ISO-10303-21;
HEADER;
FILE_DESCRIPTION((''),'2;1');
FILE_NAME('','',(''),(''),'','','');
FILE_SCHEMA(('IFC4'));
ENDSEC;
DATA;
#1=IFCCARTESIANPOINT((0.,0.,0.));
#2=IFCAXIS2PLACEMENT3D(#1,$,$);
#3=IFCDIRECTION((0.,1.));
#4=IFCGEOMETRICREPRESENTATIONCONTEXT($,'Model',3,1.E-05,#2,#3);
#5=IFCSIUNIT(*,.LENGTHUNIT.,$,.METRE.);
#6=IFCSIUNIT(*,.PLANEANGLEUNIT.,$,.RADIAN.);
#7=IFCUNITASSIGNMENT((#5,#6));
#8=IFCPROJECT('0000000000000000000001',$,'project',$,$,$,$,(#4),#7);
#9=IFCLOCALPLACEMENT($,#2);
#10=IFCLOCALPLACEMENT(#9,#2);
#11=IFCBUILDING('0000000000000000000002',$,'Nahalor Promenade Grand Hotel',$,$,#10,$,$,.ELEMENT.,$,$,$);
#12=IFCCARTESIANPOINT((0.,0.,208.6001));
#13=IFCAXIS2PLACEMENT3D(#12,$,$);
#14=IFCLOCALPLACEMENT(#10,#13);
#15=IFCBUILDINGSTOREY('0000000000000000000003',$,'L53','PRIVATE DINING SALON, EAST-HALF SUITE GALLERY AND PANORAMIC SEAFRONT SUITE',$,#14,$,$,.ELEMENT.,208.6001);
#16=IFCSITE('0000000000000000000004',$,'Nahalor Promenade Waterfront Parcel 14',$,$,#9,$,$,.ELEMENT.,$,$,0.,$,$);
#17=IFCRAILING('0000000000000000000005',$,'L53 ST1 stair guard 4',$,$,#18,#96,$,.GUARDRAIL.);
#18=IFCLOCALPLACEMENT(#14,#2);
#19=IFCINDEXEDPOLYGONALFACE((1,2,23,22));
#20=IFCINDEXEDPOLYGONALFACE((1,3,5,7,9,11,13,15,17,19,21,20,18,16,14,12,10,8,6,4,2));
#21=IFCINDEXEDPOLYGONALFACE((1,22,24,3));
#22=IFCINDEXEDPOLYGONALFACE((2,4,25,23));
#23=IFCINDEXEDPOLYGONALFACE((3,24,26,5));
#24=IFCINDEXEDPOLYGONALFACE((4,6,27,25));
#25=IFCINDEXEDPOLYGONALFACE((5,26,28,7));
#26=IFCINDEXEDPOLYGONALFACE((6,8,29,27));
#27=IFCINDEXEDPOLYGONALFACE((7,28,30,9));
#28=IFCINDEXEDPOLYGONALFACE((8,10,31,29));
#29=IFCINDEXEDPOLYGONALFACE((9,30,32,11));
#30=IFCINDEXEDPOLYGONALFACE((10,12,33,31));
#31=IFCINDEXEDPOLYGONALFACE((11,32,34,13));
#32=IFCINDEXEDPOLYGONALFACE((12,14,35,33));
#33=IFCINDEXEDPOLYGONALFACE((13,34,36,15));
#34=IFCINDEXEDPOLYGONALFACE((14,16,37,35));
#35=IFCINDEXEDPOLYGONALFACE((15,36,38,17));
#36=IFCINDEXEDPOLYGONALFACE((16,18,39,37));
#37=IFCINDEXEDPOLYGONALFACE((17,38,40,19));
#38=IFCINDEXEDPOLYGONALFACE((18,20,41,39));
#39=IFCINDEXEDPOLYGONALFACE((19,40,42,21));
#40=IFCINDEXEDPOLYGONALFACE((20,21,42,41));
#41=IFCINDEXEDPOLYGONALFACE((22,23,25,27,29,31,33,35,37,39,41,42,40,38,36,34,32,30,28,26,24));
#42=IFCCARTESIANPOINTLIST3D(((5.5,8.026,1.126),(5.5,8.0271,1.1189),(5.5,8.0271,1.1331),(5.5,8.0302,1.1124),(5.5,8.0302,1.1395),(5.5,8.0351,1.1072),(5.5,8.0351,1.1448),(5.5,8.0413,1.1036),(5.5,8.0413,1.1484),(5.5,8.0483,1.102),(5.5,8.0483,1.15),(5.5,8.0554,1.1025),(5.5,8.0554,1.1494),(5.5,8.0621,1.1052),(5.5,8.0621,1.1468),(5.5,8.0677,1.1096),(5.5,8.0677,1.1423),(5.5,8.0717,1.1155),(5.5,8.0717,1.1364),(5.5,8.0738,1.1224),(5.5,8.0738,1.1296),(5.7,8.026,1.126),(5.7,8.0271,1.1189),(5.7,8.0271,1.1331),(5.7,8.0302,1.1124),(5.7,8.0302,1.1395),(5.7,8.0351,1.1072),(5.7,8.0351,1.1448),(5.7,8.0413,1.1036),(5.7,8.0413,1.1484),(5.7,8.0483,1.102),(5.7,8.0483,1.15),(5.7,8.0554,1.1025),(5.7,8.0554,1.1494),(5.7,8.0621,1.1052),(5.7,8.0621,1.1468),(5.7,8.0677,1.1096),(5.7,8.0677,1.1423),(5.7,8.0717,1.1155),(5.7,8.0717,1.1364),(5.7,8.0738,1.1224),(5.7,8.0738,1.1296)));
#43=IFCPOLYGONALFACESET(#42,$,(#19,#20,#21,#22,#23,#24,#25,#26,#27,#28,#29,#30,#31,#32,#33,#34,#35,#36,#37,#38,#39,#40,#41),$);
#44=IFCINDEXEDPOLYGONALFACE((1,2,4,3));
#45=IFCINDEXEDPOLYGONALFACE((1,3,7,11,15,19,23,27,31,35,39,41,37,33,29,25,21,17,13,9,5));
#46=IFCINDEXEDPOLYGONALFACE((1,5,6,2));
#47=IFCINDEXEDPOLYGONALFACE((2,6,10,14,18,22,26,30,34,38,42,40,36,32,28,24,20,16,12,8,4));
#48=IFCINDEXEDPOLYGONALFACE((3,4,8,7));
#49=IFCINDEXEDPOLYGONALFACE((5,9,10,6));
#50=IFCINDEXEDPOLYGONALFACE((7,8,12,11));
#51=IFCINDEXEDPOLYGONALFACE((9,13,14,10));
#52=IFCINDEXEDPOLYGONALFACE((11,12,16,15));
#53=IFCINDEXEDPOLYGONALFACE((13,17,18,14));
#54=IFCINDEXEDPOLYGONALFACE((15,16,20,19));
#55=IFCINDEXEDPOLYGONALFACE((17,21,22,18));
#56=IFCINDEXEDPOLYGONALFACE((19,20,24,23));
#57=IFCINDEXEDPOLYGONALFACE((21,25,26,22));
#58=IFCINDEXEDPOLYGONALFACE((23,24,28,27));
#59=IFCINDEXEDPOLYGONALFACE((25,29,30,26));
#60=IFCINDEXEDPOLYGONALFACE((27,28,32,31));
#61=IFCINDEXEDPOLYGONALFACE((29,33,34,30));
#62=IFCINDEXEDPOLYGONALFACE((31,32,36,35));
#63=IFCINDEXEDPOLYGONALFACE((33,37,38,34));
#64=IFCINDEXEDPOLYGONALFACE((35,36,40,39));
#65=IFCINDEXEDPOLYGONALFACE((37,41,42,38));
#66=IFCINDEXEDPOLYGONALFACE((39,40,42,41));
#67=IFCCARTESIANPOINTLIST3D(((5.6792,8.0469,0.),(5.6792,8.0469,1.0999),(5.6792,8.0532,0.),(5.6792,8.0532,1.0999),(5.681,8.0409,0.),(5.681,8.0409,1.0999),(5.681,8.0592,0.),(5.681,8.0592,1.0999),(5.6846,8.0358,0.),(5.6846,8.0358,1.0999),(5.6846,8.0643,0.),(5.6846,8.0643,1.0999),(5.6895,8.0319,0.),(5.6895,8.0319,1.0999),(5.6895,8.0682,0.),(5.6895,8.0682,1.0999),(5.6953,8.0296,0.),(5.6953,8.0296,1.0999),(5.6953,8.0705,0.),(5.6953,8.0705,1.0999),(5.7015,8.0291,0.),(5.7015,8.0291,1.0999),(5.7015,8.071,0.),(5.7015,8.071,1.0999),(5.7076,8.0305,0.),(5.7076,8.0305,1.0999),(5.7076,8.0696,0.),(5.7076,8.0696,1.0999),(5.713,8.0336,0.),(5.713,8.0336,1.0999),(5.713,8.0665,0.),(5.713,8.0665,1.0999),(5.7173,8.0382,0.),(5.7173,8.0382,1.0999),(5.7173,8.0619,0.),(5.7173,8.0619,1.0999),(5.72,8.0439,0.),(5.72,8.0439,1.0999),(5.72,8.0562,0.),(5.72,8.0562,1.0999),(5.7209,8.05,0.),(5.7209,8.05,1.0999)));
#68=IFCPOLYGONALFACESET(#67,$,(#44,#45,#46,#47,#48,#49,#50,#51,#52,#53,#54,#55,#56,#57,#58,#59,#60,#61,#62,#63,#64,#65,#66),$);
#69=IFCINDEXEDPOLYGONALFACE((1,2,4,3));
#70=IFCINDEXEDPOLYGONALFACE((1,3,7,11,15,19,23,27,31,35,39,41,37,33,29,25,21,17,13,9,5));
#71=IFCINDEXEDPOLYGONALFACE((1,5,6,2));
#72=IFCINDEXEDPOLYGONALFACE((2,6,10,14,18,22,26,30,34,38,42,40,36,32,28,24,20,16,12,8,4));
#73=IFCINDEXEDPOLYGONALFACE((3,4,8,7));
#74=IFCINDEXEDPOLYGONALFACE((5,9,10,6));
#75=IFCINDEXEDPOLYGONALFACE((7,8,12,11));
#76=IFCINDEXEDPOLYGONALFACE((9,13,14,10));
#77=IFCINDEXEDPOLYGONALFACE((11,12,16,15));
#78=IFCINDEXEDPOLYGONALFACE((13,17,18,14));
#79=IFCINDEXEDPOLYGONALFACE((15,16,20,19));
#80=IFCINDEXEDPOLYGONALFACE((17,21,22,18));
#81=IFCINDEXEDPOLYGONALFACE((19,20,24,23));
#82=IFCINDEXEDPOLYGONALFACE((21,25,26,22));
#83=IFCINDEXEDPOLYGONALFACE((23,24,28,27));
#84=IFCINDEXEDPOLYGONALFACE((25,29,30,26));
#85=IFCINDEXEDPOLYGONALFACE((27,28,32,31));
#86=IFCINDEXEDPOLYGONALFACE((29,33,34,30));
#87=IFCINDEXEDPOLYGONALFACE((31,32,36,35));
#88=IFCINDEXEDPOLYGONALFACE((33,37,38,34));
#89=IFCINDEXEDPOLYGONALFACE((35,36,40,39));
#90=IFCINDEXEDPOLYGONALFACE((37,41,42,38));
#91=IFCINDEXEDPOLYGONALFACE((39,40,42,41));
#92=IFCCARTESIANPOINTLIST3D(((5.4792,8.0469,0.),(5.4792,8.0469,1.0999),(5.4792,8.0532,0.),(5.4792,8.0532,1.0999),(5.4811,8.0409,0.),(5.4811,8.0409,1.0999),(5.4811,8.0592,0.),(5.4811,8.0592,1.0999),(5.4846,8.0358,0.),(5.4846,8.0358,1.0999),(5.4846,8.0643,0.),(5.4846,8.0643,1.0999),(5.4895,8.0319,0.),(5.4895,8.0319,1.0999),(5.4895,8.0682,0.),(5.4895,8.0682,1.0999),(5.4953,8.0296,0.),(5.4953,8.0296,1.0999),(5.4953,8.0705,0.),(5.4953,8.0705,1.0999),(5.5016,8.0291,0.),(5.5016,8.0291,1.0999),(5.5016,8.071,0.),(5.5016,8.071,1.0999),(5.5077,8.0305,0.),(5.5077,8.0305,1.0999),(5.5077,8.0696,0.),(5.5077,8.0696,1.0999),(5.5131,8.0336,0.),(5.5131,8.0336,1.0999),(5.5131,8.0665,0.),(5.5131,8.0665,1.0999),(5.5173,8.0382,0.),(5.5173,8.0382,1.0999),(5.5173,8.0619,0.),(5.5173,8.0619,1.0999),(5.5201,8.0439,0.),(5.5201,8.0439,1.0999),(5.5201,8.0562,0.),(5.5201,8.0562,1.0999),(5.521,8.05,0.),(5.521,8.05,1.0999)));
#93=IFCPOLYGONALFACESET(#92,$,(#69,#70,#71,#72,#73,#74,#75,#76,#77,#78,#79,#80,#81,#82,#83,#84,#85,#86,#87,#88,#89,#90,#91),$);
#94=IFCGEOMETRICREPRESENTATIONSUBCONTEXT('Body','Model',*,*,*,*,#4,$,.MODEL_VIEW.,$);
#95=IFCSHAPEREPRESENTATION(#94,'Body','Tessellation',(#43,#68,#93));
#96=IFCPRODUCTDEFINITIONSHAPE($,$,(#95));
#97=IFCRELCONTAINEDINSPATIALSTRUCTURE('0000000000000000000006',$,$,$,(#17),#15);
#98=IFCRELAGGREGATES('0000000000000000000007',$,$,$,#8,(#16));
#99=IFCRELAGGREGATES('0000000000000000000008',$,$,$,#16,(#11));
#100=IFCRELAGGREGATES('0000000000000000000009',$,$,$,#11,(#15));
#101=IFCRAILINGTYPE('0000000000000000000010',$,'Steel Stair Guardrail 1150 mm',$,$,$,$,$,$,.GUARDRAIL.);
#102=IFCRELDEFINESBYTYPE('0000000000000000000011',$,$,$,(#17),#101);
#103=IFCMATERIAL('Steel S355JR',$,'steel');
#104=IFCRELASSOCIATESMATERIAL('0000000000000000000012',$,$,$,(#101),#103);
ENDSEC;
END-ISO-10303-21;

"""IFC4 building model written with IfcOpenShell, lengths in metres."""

from ifc_helpers import new_model, si_unit, direction, frame, origin, origin_2d, place, context, subcontext, project, spatial, circle, extrude, material, type_object, element, save


model = new_model("IFC4")

# Units and contexts
model_context = context("Model", 3, precision=1e-05, world=origin(), true_north=direction((0.0, 1.0)))
body_context = subcontext(model_context, "Body", "Model", "MODEL_VIEW")
ifc_project = project(units=[si_unit("LENGTHUNIT", "METRE"), si_unit("PLANEANGLEUNIT", "RADIAN")], contexts=[model_context])

# Site, building, storey
site_placement = place(None, origin())
site = spatial("IfcSite", under=ifc_project, at=site_placement, Name="Nahalor Promenade Waterfront Parcel 14", CompositionType="ELEMENT", RefElevation=0.0)
building_placement = place(site_placement, origin())
building = spatial("IfcBuilding", under=site, at=building_placement, Name="Nahalor Promenade Grand Hotel", CompositionType="ELEMENT")
storey_placement = place(building_placement, frame((0.0, 0.0, 208.6001)))
storey = spatial("IfcBuildingStorey", under=building, at=storey_placement, Name="L53", Description="PRIVATE DINING SALON, EAST-HALF SUITE GALLERY AND PANORAMIC SEAFRONT SUITE", CompositionType="ELEMENT", Elevation=208.6001)

# Shared definitions
ifc_material_1 = material(Name="Steel S355JR", Category="steel")

# Railing
railing_type_1 = type_object("IfcRailingType", Name="Steel Stair Guardrail 1150 mm", PredefinedType="GUARDRAIL", material=ifc_material_1)
railing_1_placement = place(storey_placement, frame((5.7, 8.05, 0.0)))
element("IfcRailing", 1, at=railing_1_placement, inside=storey, type_object=railing_type_1, Name="L53 ST1 stair guard 4", PredefinedType="GUARDRAIL", context=body_context, shape_type="SweptSolid", body=[
    extrude(circle(Radius=0.024, at=origin_2d()), frame((0.0, 0.0, 1.126), z_axis=(-1.0, 0.0, 0.0), x_axis=(0.0, -1.0, 0.0)), (0.0, 0.0, 1.0), 0.2),
    extrude(circle(Radius=0.021, at=origin_2d()), origin(), (0.0, 0.0, 1.0), 1.0999),
    extrude(circle(Radius=0.021, at=origin_2d()), frame((-0.2, 0.0, 0.0)), (0.0, 0.0, 1.0), 1.0999),
])

save(model, "model.ifc")
